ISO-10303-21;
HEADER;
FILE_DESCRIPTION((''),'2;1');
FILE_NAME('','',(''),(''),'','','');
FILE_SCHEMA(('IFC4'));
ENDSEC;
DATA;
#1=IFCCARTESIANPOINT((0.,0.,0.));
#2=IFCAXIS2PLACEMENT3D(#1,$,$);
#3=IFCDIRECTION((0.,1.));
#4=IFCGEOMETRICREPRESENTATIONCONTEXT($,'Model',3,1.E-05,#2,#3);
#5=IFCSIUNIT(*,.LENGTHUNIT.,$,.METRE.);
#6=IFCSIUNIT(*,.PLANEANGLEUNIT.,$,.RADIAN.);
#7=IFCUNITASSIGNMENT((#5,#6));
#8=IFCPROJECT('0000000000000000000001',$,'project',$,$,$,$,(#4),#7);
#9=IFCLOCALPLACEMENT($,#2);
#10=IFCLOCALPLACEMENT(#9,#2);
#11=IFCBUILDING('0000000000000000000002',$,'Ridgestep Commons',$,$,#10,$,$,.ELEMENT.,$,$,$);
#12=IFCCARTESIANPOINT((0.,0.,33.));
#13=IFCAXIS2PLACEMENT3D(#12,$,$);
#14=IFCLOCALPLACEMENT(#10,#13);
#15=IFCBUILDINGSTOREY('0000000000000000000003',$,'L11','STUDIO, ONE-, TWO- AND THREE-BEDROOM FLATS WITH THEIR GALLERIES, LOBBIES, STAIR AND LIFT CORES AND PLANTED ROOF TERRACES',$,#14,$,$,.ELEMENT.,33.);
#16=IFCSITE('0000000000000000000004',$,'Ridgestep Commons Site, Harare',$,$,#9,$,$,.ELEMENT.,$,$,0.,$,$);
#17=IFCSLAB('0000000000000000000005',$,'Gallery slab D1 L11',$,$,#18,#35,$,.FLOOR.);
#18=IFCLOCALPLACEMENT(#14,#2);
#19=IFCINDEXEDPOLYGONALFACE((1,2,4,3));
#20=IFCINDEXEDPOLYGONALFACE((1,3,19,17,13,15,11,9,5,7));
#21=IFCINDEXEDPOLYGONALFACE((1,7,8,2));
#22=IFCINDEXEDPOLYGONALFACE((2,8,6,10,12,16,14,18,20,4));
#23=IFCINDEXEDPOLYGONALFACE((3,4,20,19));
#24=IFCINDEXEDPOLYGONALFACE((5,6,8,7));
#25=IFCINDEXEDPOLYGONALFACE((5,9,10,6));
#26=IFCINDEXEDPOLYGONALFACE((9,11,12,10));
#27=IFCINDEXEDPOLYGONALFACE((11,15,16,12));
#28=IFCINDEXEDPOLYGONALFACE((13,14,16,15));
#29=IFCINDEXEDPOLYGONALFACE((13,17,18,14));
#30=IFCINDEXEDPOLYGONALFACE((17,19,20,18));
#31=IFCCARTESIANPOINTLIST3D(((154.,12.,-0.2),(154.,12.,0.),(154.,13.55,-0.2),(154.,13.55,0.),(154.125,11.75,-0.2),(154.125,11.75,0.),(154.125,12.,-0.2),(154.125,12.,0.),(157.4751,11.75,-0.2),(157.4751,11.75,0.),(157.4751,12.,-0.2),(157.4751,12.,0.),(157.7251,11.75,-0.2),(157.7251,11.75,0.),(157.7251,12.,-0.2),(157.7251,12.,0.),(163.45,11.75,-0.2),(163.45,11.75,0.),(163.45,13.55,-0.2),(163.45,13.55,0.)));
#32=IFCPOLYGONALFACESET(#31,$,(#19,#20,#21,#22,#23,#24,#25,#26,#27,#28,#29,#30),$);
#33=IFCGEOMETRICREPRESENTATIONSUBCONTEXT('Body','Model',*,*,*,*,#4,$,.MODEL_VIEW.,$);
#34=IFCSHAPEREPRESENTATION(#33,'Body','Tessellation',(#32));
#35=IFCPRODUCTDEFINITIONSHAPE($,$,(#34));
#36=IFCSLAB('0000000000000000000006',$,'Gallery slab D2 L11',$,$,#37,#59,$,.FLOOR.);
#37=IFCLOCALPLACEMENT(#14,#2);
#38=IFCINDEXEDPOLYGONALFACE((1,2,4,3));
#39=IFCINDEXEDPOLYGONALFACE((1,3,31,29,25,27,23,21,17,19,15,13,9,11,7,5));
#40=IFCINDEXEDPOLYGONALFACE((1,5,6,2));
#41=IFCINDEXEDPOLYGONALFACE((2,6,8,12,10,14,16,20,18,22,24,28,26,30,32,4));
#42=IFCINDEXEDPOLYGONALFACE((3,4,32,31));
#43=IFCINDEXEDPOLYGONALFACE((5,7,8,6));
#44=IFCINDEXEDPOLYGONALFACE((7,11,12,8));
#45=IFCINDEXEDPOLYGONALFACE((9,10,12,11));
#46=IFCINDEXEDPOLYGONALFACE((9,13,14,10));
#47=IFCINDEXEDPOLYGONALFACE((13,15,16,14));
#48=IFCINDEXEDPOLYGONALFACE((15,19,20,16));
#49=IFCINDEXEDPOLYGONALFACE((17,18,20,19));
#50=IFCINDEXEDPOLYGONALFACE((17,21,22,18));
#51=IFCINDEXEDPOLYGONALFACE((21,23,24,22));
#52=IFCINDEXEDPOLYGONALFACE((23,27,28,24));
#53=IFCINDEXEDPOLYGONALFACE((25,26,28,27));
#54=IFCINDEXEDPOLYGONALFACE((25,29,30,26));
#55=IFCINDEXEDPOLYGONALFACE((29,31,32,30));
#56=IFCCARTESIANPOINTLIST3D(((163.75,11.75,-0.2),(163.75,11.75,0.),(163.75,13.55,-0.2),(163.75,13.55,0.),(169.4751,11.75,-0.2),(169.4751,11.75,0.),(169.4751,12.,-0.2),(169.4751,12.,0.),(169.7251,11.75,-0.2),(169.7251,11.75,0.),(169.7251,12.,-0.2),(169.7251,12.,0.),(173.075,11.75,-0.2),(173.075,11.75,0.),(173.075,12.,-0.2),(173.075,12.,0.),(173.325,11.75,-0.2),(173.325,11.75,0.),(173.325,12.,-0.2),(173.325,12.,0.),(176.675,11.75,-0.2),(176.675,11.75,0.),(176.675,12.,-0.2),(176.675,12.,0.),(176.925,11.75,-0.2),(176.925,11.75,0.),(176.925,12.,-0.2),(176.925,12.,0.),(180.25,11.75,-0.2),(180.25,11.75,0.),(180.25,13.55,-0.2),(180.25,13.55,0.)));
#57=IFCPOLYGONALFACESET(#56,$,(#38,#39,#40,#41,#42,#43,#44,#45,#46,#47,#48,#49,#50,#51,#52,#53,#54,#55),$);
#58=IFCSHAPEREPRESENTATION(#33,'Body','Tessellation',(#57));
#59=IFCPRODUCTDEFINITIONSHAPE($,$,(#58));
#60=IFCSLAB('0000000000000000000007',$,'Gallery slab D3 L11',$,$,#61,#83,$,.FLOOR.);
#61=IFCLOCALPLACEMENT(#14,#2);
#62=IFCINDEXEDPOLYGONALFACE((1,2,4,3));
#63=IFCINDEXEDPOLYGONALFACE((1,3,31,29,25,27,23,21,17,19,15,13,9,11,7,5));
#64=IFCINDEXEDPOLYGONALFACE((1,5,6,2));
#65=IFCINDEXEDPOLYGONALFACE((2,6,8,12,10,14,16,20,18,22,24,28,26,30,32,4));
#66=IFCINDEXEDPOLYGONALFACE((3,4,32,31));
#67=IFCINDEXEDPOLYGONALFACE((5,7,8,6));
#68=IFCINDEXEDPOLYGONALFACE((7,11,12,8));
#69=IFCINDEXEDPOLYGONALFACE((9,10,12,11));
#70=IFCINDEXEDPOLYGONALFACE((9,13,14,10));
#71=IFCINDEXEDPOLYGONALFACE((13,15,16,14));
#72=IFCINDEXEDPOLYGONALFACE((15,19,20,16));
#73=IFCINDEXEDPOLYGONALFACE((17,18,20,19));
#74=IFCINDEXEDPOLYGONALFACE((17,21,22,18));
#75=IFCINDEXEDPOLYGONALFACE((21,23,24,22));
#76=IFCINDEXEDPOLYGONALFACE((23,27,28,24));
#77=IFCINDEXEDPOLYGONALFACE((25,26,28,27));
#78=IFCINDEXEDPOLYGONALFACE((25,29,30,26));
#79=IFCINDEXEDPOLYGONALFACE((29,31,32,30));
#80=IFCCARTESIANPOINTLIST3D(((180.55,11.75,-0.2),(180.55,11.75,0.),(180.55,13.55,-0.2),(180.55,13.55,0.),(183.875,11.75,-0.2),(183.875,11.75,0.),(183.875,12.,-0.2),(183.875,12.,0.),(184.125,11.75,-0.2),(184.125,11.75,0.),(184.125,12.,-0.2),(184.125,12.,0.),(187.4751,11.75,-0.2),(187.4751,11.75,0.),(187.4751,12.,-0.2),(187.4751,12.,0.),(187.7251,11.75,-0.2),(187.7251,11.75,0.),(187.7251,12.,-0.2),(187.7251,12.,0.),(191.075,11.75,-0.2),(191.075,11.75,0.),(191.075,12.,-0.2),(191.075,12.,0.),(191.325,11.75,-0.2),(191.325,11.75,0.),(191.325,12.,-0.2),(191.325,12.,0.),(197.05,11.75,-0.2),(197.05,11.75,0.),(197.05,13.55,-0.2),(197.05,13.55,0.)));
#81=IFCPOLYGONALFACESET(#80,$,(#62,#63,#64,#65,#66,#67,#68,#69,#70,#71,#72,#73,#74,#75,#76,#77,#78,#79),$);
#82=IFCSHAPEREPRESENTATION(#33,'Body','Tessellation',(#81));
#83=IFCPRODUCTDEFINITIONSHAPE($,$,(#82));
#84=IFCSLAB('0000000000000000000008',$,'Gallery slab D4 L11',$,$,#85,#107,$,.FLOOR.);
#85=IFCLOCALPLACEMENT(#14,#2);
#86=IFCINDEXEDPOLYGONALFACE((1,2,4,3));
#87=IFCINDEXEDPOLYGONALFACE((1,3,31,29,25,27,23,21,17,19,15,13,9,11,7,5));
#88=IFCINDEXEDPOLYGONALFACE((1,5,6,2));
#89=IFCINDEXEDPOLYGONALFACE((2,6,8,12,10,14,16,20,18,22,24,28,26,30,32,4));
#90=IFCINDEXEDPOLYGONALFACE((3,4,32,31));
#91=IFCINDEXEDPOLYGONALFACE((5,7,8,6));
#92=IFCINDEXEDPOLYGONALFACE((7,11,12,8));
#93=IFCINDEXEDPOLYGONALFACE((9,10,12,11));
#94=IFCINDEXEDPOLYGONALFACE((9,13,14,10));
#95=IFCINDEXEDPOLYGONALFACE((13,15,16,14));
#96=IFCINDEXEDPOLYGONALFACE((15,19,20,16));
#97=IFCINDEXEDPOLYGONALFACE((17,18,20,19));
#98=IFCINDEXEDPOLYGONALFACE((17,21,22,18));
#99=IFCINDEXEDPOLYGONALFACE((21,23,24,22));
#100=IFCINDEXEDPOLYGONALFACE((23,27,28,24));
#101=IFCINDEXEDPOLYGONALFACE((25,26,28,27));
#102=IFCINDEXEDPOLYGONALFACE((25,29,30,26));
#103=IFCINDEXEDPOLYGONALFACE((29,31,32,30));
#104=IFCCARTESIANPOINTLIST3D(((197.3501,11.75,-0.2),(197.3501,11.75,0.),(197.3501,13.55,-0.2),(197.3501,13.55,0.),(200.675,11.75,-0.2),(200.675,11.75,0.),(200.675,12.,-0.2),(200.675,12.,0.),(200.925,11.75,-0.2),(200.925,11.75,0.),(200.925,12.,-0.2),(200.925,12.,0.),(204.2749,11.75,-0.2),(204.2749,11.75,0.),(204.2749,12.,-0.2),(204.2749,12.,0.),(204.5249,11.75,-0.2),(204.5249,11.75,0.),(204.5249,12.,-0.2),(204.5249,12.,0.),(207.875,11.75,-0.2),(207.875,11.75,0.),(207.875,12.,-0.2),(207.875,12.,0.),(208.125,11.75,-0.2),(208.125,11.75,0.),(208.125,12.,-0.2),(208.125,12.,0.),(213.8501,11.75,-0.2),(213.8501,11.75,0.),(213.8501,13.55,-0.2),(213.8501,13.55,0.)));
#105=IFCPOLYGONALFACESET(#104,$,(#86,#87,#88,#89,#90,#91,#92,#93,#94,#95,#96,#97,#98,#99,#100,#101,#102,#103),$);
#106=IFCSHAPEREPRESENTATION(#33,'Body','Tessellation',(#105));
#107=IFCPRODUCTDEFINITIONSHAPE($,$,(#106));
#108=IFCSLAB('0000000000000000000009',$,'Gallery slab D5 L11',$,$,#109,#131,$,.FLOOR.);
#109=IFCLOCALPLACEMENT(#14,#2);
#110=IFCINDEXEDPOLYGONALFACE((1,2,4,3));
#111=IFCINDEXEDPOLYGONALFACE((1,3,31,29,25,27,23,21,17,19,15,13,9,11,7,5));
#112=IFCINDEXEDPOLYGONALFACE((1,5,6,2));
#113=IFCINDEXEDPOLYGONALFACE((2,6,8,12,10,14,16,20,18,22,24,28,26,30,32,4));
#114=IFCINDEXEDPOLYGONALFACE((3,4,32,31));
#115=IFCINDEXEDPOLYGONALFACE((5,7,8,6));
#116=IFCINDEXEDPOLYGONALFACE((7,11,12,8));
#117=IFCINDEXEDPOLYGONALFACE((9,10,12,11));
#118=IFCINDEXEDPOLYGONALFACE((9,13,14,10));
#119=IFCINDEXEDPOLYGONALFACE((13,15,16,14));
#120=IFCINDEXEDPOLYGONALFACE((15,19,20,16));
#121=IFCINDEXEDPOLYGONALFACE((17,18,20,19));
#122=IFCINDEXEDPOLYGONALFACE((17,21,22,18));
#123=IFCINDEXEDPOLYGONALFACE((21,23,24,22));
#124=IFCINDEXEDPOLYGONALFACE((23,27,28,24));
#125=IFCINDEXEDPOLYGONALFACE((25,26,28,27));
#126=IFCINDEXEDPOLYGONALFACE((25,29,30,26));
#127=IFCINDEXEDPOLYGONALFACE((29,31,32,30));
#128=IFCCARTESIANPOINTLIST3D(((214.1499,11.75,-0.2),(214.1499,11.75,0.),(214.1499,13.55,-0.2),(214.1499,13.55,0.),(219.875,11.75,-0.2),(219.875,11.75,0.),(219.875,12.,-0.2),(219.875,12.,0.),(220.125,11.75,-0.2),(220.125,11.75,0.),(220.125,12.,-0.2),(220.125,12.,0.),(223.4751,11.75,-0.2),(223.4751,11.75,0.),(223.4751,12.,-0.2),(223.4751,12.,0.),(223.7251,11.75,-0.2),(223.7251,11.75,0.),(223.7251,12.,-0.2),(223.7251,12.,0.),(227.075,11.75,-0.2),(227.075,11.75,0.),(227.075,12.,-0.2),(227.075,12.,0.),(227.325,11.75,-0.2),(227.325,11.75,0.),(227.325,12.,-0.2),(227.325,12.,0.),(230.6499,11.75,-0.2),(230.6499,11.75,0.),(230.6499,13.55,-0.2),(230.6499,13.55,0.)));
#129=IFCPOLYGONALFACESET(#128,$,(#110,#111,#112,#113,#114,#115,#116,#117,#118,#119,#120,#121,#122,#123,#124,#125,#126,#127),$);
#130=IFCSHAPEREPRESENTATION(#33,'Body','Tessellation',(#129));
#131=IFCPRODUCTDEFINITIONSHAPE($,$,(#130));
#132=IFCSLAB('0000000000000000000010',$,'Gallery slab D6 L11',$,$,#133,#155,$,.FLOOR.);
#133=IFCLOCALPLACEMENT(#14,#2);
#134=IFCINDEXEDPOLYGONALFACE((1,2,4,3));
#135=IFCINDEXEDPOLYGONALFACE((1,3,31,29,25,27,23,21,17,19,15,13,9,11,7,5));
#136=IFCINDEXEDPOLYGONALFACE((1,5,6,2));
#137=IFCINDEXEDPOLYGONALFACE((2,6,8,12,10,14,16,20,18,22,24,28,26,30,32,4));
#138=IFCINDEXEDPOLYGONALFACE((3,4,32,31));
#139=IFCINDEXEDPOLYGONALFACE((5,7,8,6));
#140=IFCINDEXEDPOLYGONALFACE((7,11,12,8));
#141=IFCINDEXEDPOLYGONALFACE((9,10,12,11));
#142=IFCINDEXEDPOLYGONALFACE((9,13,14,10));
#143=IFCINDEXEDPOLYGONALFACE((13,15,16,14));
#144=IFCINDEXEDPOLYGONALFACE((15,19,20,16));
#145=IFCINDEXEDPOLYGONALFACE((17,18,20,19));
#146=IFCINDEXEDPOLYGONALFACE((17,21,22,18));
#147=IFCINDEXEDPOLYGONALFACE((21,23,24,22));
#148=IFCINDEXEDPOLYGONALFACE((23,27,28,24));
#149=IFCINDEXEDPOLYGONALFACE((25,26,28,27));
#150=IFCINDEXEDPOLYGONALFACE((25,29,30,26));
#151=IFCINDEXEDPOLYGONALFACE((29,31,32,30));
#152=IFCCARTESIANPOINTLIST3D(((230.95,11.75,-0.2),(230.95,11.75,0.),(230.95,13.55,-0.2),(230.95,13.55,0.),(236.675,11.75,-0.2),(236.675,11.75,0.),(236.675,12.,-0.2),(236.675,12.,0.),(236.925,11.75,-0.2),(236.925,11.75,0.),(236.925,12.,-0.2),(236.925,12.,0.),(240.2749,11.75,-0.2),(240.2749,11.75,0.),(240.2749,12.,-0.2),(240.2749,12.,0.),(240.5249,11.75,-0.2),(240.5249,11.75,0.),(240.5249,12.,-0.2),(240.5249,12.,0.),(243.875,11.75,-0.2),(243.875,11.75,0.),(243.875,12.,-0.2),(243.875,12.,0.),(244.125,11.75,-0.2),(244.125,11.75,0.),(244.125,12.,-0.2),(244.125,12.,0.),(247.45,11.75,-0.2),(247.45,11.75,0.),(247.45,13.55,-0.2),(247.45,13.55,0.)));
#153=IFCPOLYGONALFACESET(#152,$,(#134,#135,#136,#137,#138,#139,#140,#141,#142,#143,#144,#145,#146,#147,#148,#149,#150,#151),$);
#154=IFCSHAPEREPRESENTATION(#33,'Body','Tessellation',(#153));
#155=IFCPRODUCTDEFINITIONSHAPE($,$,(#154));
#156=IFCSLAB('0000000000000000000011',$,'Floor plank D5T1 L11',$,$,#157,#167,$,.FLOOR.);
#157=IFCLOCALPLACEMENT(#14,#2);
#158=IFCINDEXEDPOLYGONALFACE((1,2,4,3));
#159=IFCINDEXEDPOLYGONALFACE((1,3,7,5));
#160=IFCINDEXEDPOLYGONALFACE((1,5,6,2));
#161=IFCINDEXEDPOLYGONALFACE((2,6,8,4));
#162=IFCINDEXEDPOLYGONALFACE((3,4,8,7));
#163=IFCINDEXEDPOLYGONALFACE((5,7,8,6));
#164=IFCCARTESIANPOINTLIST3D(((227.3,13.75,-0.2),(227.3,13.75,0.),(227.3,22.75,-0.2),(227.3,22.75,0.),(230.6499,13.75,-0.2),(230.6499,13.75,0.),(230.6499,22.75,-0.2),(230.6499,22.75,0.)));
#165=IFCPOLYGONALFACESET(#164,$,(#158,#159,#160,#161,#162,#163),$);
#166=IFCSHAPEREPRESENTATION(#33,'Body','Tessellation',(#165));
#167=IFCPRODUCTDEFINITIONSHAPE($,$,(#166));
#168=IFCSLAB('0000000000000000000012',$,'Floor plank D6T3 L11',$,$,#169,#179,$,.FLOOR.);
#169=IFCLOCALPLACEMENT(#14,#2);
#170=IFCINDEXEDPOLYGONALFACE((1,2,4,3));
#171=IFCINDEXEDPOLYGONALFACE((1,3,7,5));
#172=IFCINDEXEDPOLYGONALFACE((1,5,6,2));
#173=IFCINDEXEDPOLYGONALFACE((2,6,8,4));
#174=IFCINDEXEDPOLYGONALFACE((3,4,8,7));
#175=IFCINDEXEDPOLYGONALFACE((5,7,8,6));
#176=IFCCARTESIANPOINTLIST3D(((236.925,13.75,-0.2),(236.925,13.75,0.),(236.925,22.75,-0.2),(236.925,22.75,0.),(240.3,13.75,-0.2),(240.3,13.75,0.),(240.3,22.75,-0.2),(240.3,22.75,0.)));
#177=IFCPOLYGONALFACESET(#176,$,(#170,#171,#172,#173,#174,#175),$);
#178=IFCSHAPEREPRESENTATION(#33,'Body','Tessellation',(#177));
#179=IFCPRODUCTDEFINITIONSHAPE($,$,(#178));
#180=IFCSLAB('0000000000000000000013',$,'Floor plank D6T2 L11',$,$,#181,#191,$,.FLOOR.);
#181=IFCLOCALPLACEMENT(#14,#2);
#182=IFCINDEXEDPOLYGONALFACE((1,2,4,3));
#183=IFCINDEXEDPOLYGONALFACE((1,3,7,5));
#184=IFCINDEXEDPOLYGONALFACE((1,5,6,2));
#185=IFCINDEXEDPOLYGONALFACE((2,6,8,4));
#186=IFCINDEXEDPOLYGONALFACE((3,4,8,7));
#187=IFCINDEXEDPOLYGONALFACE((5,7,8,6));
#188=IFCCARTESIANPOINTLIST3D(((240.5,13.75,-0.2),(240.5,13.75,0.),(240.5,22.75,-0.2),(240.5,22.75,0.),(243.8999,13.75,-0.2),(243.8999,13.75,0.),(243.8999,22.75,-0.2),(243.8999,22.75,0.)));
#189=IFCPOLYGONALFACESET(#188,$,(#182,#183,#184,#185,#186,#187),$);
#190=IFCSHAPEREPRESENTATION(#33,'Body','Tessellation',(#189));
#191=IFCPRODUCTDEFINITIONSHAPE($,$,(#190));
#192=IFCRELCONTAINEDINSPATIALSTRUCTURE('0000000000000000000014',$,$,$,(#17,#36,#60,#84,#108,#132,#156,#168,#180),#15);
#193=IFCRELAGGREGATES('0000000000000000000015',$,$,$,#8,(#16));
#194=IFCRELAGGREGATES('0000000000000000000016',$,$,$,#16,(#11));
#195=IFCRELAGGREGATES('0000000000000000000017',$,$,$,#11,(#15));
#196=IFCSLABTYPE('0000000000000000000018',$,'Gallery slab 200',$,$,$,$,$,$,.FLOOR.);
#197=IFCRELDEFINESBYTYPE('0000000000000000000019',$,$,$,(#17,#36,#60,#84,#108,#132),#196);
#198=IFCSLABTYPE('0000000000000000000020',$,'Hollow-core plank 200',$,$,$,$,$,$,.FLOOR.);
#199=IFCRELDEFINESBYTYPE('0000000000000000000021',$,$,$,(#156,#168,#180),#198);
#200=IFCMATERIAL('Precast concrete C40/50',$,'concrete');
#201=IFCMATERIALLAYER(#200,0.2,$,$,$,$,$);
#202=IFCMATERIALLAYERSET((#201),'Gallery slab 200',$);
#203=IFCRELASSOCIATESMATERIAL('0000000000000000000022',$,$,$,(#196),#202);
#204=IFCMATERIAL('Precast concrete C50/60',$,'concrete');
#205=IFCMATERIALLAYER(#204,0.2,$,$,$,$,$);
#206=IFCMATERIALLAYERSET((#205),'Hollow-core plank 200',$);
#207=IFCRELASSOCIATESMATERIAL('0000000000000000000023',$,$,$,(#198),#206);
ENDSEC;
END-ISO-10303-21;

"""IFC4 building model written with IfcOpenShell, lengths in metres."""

from ifc_helpers import new_model, si_unit, direction, frame, origin, place, context, subcontext, project, spatial, polyline, outline, extrude, material, layer, layer_set, type_object, element, save


model = new_model("IFC4")

# Units and contexts
model_context = context("Model", 3, precision=1e-05, world=origin(), true_north=direction((0.0, 1.0)))
body_context = subcontext(model_context, "Body", "Model", "MODEL_VIEW")
ifc_project = project(units=[si_unit("LENGTHUNIT", "METRE"), si_unit("PLANEANGLEUNIT", "RADIAN")], contexts=[model_context])

# Site, building, storey
site_placement = place(None, origin())
site = spatial("IfcSite", under=ifc_project, at=site_placement, Name="Ridgestep Commons Site, Harare", CompositionType="ELEMENT", RefElevation=0.0)
building_placement = place(site_placement, origin())
building = spatial("IfcBuilding", under=site, at=building_placement, Name="Ridgestep Commons", CompositionType="ELEMENT")
storey_placement = place(building_placement, frame((0.0, 0.0, 33.0)))
storey = spatial("IfcBuildingStorey", under=building, at=storey_placement, Name="L11", Description="STUDIO, ONE-, TWO- AND THREE-BEDROOM FLATS WITH THEIR GALLERIES, LOBBIES, STAIR AND LIFT CORES AND PLANTED ROOF TERRACES", CompositionType="ELEMENT", Elevation=33.0)

# Slabs
ifc_material_1 = material(Name="Precast concrete C40/50", Category="concrete")
ifc_layer_1 = layer(ifc_material_1, 0.2)
ifc_layer_set_1 = layer_set([ifc_layer_1], Name="Gallery slab 200")
slab_type_1 = type_object("IfcSlabType", Name="Gallery slab 200", PredefinedType="FLOOR", material=ifc_layer_set_1)
slab_1_placement = place(storey_placement, frame((0.0, 0.0, -0.2)))
element("IfcSlab", 1, at=slab_1_placement, inside=storey, type_object=slab_type_1, Name="Gallery slab D1 L11", PredefinedType="FLOOR", context=body_context, shape_type="SweptSolid", body=[
    extrude(outline(polyline([(163.45, 13.55), (154.0, 13.55), (154.0, 12.0), (154.125, 12.0), (154.125, 11.75), (157.4751, 11.75), (157.4751, 12.0), (157.7251, 12.0), (157.7251, 11.75), (163.45, 11.75), (163.45, 13.55)])), origin(), (0.0, 0.0, 1.0), 0.2),
])
slab_2_placement = place(storey_placement, frame((0.0, 0.0, -0.2)))
element("IfcSlab", 2, at=slab_2_placement, inside=storey, type_object=slab_type_1, Name="Gallery slab D2 L11", PredefinedType="FLOOR", context=body_context, shape_type="SweptSolid", body=[
    extrude(outline(polyline([(180.25, 13.55), (163.75, 13.55), (163.75, 11.75), (169.4751, 11.75), (169.4751, 12.0), (169.7251, 12.0), (169.7251, 11.75), (173.075, 11.75), (173.075, 12.0), (173.325, 12.0), (173.325, 11.75), (176.675, 11.75), (176.675, 12.0), (176.925, 12.0), (176.925, 11.75), (180.25, 11.75), (180.25, 13.55)])), origin(), (0.0, 0.0, 1.0), 0.2),
])
slab_3_placement = place(storey_placement, frame((0.0, 0.0, -0.2)))
element("IfcSlab", 3, at=slab_3_placement, inside=storey, type_object=slab_type_1, Name="Gallery slab D3 L11", PredefinedType="FLOOR", context=body_context, shape_type="SweptSolid", body=[
    extrude(outline(polyline([(197.05, 13.55), (180.55, 13.55), (180.55, 11.75), (183.875, 11.75), (183.875, 12.0), (184.125, 12.0), (184.125, 11.75), (187.4751, 11.75), (187.4751, 12.0), (187.7251, 12.0), (187.7251, 11.75), (191.075, 11.75), (191.075, 12.0), (191.325, 12.0), (191.325, 11.75), (197.05, 11.75), (197.05, 13.55)])), origin(), (0.0, 0.0, 1.0), 0.2),
])
slab_4_placement = place(storey_placement, frame((0.0, 0.0, -0.2)))
element("IfcSlab", 4, at=slab_4_placement, inside=storey, type_object=slab_type_1, Name="Gallery slab D4 L11", PredefinedType="FLOOR", context=body_context, shape_type="SweptSolid", body=[
    extrude(outline(polyline([(213.8501, 13.55), (197.3501, 13.55), (197.3501, 11.75), (200.675, 11.75), (200.675, 12.0), (200.925, 12.0), (200.925, 11.75), (204.2749, 11.75), (204.2749, 12.0), (204.5249, 12.0), (204.5249, 11.75), (207.875, 11.75), (207.875, 12.0), (208.125, 12.0), (208.125, 11.75), (213.8501, 11.75), (213.8501, 13.55)])), origin(), (0.0, 0.0, 1.0), 0.2),
])
slab_5_placement = place(storey_placement, frame((0.0, 0.0, -0.2)))
element("IfcSlab", 5, at=slab_5_placement, inside=storey, type_object=slab_type_1, Name="Gallery slab D5 L11", PredefinedType="FLOOR", context=body_context, shape_type="SweptSolid", body=[
    extrude(outline(polyline([(230.6499, 13.55), (214.1499, 13.55), (214.1499, 11.75), (219.875, 11.75), (219.875, 12.0), (220.125, 12.0), (220.125, 11.75), (223.4751, 11.75), (223.4751, 12.0), (223.7251, 12.0), (223.7251, 11.75), (227.075, 11.75), (227.075, 12.0), (227.325, 12.0), (227.325, 11.75), (230.6499, 11.75), (230.6499, 13.55)])), origin(), (0.0, 0.0, 1.0), 0.2),
])
slab_6_placement = place(storey_placement, frame((0.0, 0.0, -0.2)))
element("IfcSlab", 6, at=slab_6_placement, inside=storey, type_object=slab_type_1, Name="Gallery slab D6 L11", PredefinedType="FLOOR", context=body_context, shape_type="SweptSolid", body=[
    extrude(outline(polyline([(247.45, 13.55), (230.95, 13.55), (230.95, 11.75), (236.675, 11.75), (236.675, 12.0), (236.925, 12.0), (236.925, 11.75), (240.2749, 11.75), (240.2749, 12.0), (240.5249, 12.0), (240.5249, 11.75), (243.875, 11.75), (243.875, 12.0), (244.125, 12.0), (244.125, 11.75), (247.45, 11.75), (247.45, 13.55)])), origin(), (0.0, 0.0, 1.0), 0.2),
])
ifc_material_2 = material(Name="Precast concrete C50/60", Category="concrete")
ifc_layer_2 = layer(ifc_material_2, 0.2)
ifc_layer_set_2 = layer_set([ifc_layer_2], Name="Hollow-core plank 200")
slab_type_2 = type_object("IfcSlabType", Name="Hollow-core plank 200", PredefinedType="FLOOR", material=ifc_layer_set_2)
slab_7_placement = place(storey_placement, frame((0.0, 0.0, -0.2)))
element("IfcSlab", 7, at=slab_7_placement, inside=storey, type_object=slab_type_2, Name="Floor plank D5T1 L11", PredefinedType="FLOOR", context=body_context, shape_type="SweptSolid", body=[
    extrude(outline(polyline([(230.6499, 13.75), (230.6499, 22.75), (227.3, 22.75), (227.3, 13.75), (230.6499, 13.75)])), origin(), (0.0, 0.0, 1.0), 0.2),
])
slab_8_placement = place(storey_placement, frame((0.0, 0.0, -0.2)))
element("IfcSlab", 8, at=slab_8_placement, inside=storey, type_object=slab_type_2, Name="Floor plank D6T3 L11", PredefinedType="FLOOR", context=body_context, shape_type="SweptSolid", body=[
    extrude(outline(polyline([(240.3, 13.75), (240.3, 22.75), (236.925, 22.75), (236.925, 13.75), (240.3, 13.75)])), origin(), (0.0, 0.0, 1.0), 0.2),
])
slab_9_placement = place(storey_placement, frame((0.0, 0.0, -0.2)))
element("IfcSlab", 9, at=slab_9_placement, inside=storey, type_object=slab_type_2, Name="Floor plank D6T2 L11", PredefinedType="FLOOR", context=body_context, shape_type="SweptSolid", body=[
    extrude(outline(polyline([(243.8999, 13.75), (243.8999, 22.75), (240.5, 22.75), (240.5, 13.75), (243.8999, 13.75)])), origin(), (0.0, 0.0, 1.0), 0.2),
])

save(model, "model.ifc")
